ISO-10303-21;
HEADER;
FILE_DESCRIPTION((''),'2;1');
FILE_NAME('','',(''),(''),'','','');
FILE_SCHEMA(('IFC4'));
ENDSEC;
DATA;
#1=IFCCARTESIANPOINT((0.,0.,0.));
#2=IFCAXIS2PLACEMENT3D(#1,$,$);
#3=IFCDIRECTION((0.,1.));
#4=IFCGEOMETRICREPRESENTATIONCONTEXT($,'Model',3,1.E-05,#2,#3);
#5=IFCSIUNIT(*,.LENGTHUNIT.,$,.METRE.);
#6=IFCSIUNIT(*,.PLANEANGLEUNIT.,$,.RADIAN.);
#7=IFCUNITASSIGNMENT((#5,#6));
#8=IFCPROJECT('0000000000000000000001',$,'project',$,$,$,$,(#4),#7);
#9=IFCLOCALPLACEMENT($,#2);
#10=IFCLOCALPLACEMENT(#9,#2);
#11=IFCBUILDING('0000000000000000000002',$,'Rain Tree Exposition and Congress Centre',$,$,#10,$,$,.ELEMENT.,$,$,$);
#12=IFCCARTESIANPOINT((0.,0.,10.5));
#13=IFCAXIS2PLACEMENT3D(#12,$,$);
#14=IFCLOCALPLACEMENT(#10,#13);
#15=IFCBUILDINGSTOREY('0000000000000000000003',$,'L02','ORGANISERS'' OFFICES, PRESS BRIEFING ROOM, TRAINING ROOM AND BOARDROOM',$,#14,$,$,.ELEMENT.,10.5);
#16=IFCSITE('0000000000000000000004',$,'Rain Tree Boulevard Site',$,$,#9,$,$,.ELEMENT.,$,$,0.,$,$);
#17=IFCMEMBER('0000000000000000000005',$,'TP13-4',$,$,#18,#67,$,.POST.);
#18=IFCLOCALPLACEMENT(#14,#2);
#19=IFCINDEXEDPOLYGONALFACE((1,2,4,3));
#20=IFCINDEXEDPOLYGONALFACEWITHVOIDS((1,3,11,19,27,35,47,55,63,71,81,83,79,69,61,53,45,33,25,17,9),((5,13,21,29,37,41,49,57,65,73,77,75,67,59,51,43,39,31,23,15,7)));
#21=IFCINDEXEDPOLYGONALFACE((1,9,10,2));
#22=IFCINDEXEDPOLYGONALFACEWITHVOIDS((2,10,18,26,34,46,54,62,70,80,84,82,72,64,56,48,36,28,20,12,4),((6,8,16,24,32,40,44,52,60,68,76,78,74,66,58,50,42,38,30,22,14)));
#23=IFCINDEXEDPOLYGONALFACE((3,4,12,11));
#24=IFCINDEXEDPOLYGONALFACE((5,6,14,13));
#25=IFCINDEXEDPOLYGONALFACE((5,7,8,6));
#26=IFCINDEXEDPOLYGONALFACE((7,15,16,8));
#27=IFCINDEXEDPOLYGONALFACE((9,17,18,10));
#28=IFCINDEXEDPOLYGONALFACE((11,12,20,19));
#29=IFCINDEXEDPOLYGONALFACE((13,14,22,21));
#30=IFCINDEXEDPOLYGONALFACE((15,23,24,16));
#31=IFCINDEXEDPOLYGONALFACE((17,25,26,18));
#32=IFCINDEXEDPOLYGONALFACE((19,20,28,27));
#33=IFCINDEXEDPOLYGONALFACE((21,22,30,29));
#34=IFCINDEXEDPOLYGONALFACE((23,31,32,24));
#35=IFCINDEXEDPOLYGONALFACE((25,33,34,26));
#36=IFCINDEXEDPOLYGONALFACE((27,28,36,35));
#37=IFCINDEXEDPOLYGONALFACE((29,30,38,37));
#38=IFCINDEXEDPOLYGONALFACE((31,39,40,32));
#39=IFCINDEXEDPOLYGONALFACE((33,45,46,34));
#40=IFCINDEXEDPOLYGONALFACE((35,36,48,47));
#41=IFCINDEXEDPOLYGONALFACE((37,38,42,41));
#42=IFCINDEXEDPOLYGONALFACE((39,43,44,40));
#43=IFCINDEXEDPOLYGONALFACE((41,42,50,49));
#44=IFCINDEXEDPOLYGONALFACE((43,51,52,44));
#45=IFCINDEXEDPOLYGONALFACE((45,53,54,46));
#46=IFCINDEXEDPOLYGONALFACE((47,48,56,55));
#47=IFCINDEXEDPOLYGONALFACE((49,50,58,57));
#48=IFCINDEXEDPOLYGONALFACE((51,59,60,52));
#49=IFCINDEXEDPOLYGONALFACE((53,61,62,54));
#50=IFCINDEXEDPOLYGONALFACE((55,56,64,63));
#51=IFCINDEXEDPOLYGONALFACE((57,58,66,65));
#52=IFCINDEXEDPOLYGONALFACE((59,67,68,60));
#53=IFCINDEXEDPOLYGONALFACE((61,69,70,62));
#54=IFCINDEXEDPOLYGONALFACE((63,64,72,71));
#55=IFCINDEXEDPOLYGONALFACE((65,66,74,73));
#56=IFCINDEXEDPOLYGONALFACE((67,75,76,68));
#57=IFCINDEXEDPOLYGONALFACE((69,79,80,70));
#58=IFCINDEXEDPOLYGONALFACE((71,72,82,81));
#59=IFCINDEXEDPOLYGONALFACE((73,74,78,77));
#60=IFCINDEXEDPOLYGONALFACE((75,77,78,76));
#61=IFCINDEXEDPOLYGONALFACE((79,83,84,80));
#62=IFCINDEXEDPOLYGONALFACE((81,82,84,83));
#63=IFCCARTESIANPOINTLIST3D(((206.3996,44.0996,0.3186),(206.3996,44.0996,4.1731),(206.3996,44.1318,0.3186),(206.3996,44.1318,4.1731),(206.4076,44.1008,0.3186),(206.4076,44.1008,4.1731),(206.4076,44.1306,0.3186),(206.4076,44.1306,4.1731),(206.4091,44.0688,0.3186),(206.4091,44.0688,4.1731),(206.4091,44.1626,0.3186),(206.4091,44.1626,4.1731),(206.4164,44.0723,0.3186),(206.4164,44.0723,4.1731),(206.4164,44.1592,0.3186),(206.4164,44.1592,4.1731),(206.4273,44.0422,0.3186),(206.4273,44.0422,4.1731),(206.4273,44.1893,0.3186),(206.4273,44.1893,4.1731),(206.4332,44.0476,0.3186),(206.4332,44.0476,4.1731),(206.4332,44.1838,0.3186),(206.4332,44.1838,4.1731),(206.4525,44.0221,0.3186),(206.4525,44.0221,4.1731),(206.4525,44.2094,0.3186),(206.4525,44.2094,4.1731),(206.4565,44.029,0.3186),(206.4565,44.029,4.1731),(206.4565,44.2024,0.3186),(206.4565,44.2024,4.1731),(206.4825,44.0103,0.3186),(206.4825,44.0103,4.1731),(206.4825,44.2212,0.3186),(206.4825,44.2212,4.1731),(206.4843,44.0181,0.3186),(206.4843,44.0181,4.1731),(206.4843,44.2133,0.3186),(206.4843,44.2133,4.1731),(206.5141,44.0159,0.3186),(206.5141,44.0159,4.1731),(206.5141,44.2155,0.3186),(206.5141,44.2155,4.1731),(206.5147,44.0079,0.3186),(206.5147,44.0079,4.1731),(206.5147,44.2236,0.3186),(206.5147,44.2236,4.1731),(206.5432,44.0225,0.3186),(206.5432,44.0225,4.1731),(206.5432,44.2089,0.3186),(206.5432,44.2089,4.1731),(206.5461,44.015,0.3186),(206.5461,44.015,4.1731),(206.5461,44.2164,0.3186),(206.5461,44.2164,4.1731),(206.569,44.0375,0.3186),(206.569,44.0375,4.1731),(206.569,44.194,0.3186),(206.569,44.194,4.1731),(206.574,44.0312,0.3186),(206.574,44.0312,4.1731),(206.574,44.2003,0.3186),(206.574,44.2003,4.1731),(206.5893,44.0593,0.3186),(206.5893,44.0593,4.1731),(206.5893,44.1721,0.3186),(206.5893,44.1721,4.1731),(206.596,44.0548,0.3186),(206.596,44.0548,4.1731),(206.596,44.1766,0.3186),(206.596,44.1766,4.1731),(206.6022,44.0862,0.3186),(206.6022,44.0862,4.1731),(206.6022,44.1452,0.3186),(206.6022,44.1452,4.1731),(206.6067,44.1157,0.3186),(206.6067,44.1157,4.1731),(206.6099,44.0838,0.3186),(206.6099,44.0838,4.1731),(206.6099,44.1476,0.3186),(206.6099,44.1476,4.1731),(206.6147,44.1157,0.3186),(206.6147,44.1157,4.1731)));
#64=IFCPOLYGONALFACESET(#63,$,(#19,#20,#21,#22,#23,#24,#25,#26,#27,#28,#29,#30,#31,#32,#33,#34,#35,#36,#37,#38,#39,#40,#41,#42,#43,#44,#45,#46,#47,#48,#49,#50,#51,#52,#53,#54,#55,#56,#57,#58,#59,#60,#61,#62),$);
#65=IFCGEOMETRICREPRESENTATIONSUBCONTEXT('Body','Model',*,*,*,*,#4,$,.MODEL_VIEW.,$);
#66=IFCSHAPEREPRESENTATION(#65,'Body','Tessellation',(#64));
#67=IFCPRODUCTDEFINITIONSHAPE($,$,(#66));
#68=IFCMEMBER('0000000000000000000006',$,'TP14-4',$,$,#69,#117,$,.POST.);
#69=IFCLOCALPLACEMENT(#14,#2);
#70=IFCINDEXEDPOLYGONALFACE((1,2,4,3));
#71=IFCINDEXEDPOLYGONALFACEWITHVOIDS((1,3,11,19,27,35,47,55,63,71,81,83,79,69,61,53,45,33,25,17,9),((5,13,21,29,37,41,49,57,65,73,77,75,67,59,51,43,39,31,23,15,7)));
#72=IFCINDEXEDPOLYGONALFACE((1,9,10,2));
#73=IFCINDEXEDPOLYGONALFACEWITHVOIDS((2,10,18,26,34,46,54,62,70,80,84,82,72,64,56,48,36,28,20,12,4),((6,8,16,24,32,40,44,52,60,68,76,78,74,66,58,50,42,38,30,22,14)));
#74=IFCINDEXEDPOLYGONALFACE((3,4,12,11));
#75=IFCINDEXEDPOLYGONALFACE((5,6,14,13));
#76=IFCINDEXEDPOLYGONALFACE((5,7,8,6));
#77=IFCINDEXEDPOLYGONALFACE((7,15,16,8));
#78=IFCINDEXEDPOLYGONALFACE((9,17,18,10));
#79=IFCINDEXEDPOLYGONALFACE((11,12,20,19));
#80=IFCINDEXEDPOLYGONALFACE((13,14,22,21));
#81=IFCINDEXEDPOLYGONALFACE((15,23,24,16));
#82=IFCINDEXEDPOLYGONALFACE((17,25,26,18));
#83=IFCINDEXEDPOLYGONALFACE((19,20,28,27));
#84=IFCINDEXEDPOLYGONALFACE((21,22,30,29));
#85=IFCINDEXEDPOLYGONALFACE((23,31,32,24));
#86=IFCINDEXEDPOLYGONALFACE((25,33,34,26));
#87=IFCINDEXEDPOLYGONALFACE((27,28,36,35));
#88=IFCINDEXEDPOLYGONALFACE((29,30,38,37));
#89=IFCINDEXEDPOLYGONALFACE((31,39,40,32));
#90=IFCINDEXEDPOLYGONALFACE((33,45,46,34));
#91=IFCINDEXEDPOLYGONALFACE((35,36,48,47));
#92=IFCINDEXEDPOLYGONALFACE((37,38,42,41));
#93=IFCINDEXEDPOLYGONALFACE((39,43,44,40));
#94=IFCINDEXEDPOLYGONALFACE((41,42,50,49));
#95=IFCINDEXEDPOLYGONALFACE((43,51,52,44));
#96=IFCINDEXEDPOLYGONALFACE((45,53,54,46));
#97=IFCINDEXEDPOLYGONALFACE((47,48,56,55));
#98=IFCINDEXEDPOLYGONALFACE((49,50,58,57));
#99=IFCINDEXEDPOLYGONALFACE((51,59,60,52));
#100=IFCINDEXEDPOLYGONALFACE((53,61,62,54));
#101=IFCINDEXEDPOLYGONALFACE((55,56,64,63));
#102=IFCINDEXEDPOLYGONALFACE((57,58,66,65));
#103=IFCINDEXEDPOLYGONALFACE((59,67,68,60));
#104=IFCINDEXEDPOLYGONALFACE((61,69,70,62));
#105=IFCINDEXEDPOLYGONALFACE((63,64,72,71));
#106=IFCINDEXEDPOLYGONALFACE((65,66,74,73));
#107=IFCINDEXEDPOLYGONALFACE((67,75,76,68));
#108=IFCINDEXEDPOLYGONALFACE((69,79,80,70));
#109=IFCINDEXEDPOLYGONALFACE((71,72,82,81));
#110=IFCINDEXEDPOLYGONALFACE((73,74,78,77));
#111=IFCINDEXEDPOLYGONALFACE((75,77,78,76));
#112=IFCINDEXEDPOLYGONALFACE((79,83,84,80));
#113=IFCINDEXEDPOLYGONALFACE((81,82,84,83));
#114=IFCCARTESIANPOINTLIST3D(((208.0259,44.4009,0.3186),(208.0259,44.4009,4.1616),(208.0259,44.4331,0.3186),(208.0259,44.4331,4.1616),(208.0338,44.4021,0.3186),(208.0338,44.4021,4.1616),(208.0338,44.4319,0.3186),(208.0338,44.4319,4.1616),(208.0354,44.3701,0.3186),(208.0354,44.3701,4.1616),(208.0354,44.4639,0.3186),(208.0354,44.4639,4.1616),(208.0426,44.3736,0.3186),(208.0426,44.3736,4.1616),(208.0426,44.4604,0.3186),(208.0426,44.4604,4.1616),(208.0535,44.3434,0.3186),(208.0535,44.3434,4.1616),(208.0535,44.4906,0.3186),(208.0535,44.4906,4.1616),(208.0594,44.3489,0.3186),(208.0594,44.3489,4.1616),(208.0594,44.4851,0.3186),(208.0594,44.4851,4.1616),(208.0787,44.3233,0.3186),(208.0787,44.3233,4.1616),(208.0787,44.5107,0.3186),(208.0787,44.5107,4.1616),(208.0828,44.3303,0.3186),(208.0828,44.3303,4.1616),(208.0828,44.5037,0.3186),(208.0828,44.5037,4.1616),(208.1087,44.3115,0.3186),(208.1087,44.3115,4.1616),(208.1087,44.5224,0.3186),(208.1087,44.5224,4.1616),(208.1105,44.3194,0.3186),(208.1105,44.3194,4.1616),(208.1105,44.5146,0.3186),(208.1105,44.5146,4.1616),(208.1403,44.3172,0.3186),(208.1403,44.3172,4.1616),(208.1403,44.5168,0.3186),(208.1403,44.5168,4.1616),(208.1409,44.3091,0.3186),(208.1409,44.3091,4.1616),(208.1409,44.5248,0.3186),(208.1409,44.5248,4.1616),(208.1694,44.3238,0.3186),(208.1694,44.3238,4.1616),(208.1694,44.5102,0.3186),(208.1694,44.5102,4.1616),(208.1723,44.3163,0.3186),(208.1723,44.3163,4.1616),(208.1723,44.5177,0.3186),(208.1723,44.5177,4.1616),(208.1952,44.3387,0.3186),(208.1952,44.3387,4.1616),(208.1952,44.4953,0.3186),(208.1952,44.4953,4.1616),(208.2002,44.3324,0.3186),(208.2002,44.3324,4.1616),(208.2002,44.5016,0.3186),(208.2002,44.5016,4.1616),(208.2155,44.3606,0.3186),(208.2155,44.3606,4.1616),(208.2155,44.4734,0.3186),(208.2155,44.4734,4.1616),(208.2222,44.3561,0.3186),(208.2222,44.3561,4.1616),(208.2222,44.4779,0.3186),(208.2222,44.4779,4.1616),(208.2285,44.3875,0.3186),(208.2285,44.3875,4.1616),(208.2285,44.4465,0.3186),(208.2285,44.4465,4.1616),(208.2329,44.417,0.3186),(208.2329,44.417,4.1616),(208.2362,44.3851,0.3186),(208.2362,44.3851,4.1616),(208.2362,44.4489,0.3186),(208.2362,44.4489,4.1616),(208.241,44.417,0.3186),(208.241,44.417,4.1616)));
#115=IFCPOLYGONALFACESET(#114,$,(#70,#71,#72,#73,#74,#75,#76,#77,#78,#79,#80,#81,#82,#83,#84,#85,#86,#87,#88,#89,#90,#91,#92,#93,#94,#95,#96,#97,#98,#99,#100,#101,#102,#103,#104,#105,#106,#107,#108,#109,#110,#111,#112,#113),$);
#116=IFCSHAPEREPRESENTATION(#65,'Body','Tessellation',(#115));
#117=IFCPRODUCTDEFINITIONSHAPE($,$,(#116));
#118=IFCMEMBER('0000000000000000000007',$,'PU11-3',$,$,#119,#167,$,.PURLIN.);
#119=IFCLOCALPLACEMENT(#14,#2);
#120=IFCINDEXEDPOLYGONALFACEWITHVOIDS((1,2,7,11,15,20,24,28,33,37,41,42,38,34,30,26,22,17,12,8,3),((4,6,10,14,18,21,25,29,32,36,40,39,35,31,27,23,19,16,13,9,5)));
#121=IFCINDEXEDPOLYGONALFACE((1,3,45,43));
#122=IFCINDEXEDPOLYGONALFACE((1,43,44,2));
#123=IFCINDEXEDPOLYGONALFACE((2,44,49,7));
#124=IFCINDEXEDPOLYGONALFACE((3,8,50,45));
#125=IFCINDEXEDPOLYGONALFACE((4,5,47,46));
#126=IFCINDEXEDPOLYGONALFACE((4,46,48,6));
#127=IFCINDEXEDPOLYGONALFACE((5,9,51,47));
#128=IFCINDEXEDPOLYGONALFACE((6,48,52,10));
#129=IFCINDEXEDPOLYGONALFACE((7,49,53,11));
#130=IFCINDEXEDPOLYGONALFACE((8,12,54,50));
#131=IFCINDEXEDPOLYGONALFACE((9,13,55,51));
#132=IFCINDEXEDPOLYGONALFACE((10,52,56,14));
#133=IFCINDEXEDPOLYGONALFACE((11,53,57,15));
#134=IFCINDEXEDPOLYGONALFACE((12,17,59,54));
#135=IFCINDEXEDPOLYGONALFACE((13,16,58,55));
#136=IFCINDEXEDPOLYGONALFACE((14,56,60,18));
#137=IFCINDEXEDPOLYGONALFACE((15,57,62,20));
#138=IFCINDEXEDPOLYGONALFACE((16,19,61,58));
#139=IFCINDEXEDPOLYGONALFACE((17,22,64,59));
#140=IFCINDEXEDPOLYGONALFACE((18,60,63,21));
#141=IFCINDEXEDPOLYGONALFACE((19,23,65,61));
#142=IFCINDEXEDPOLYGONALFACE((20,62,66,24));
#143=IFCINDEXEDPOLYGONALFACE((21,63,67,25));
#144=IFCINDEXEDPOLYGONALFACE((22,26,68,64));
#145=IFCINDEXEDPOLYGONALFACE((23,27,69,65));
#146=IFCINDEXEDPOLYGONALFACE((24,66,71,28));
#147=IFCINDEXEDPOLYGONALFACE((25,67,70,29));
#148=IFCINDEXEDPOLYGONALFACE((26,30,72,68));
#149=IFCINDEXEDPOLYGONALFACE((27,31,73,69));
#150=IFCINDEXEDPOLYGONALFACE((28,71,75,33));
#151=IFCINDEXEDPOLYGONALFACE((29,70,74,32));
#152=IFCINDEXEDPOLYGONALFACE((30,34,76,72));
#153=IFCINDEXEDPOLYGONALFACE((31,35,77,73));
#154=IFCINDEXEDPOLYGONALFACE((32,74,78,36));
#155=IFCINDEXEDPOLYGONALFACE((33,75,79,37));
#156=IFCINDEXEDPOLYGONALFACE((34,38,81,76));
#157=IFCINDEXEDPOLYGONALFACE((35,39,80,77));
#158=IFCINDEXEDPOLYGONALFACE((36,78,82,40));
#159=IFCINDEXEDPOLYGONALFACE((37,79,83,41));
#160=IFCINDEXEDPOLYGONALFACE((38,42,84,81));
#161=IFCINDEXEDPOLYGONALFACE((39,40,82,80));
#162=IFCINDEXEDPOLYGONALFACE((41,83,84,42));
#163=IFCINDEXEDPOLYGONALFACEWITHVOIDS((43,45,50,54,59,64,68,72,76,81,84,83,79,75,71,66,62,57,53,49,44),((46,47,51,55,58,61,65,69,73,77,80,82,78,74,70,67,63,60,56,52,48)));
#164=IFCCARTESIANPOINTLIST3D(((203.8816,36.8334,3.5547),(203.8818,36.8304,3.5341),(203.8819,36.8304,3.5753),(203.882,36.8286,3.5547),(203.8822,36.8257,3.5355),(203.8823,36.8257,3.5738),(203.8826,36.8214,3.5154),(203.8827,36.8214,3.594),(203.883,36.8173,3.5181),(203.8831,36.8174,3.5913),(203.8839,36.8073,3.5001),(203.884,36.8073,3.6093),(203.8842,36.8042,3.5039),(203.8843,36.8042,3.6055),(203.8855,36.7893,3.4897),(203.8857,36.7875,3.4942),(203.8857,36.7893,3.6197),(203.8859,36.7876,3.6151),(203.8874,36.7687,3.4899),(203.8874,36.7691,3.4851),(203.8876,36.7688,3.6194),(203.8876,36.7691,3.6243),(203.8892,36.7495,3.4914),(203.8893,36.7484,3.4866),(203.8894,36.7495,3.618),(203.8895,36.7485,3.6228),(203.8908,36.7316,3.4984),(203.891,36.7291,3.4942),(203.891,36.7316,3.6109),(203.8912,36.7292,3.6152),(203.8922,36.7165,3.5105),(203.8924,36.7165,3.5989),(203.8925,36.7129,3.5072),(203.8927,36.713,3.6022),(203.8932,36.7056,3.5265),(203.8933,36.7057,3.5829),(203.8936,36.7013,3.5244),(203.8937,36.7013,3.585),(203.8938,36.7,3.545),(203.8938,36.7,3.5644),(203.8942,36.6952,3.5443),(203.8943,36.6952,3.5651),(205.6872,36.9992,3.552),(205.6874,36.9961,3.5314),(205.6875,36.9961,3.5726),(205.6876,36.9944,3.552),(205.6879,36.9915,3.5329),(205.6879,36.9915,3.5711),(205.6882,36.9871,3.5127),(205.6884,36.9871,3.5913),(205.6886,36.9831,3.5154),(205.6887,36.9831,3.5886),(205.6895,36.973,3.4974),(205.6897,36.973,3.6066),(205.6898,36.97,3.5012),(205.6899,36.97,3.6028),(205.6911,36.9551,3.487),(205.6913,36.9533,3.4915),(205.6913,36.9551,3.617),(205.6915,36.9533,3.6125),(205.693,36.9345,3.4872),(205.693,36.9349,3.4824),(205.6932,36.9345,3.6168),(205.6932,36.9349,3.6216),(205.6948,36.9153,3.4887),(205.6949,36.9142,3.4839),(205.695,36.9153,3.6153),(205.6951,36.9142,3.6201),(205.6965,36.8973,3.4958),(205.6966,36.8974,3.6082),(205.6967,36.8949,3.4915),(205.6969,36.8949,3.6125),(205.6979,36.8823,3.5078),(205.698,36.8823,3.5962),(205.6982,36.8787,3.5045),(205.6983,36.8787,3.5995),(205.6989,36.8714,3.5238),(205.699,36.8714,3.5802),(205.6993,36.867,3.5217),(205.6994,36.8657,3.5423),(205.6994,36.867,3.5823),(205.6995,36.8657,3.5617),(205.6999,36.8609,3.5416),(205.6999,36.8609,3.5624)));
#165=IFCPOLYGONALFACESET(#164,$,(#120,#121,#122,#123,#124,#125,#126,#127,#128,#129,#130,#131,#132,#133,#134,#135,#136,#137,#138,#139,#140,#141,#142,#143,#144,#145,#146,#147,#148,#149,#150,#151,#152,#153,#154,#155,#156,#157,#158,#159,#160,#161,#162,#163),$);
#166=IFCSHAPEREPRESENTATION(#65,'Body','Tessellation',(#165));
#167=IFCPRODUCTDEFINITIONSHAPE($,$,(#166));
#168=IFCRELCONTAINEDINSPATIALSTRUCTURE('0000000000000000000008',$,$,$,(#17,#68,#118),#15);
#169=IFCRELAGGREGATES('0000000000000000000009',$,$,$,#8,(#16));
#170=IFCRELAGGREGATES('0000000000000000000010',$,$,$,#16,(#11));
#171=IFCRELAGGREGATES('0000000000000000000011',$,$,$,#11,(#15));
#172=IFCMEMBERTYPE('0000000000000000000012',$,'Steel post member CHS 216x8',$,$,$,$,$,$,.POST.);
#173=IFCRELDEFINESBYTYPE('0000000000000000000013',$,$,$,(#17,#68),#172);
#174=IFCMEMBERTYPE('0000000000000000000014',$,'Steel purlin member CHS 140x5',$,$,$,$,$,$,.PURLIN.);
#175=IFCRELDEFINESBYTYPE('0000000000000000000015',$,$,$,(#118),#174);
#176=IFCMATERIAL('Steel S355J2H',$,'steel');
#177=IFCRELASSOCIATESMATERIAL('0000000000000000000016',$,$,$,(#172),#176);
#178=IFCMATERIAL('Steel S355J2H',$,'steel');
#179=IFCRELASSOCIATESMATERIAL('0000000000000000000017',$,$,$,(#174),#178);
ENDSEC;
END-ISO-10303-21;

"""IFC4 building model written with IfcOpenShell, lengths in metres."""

from ifc_helpers import new_model, si_unit, direction, frame, origin, origin_2d, place, context, subcontext, project, spatial, hollow_circle, extrude, material, material_profile, profile_set, type_object, element, save


model = new_model("IFC4")

# Units and contexts
model_context = context("Model", 3, precision=1e-05, world=origin(), true_north=direction((0.0, 1.0)))
body_context = subcontext(model_context, "Body", "Model", "MODEL_VIEW")
ifc_project = project(units=[si_unit("LENGTHUNIT", "METRE"), si_unit("PLANEANGLEUNIT", "RADIAN")], contexts=[model_context])

# Site, building, storey
site_placement = place(None, origin())
site = spatial("IfcSite", under=ifc_project, at=site_placement, Name="Rain Tree Boulevard Site", CompositionType="ELEMENT", RefElevation=0.0)
building_placement = place(site_placement, origin())
building = spatial("IfcBuilding", under=site, at=building_placement, Name="Rain Tree Exposition and Congress Centre", CompositionType="ELEMENT")
storey_placement = place(building_placement, frame((0.0, 0.0, 10.5)))
storey = spatial("IfcBuildingStorey", under=building, at=storey_placement, Name="L02", Description="ORGANISERS' OFFICES, PRESS BRIEFING ROOM, TRAINING ROOM AND BOARDROOM", CompositionType="ELEMENT", Elevation=10.5)

# Members
ifc_material_1 = material(Name="Steel S355J2H", Category="steel")
ifc_material_profile_1 = material_profile(ifc_material_1, hollow_circle(Radius=0.1082, WallThickness=0.0081, at=origin_2d()), Name="CHS 216x8")
ifc_profile_set_1 = profile_set([ifc_material_profile_1], Name="Steel S355J2H")
member_type_1 = type_object("IfcMemberType", Name="Steel post member CHS 216x8", PredefinedType="POST", material=ifc_profile_set_1)
member_1_placement = place(storey_placement, frame((206.5066, 44.1157, 0.3186), z_axis=(0.0, 0.0, 1.0), x_axis=(1.0, 0.0, 0.0)))
element("IfcMember", 1, at=member_1_placement, inside=storey, type_object=member_type_1, Name="TP13-4", PredefinedType="POST", context=body_context, shape_type="SweptSolid", body=[
    extrude(hollow_circle(Radius=0.1082, WallThickness=0.0081, at=origin_2d()), origin(), (0.0, 0.0, 1.0), 3.8545),
])
member_2_placement = place(storey_placement, frame((208.1328, 44.417, 0.3186), z_axis=(0.0, 0.0, 1.0), x_axis=(1.0, 0.0, 0.0)))
element("IfcMember", 2, at=member_2_placement, inside=storey, type_object=member_type_1, Name="TP14-4", PredefinedType="POST", context=body_context, shape_type="SweptSolid", body=[
    extrude(hollow_circle(Radius=0.1082, WallThickness=0.0081, at=origin_2d()), origin(), (0.0, 0.0, 1.0), 3.843),
])
ifc_material_2 = material(Name="Steel S355J2H", Category="steel")
ifc_material_profile_2 = material_profile(ifc_material_2, hollow_circle(Radius=0.0698, WallThickness=0.0049, at=origin_2d()), Name="CHS 140x5")
ifc_profile_set_2 = profile_set([ifc_material_profile_2], Name="Steel S355J2H")
member_type_2 = type_object("IfcMemberType", Name="Steel purlin member CHS 140x5", PredefinedType="PURLIN", material=ifc_profile_set_2)
member_3_placement = place(storey_placement, frame((203.8879, 36.7639, 3.5547), z_axis=(0.995811, 0.091422, -0.001481), x_axis=(-0.091422, 0.995812, 0.0)))
element("IfcMember", 3, at=member_3_placement, inside=storey, type_object=member_type_2, Name="PU11-3", PredefinedType="PURLIN", context=body_context, shape_type="SweptSolid", body=[
    extrude(hollow_circle(Radius=0.0698, WallThickness=0.0049, at=origin_2d()), origin(), (0.0, 0.0, 1.0), 1.8132),
])

save(model, "model.ifc")
